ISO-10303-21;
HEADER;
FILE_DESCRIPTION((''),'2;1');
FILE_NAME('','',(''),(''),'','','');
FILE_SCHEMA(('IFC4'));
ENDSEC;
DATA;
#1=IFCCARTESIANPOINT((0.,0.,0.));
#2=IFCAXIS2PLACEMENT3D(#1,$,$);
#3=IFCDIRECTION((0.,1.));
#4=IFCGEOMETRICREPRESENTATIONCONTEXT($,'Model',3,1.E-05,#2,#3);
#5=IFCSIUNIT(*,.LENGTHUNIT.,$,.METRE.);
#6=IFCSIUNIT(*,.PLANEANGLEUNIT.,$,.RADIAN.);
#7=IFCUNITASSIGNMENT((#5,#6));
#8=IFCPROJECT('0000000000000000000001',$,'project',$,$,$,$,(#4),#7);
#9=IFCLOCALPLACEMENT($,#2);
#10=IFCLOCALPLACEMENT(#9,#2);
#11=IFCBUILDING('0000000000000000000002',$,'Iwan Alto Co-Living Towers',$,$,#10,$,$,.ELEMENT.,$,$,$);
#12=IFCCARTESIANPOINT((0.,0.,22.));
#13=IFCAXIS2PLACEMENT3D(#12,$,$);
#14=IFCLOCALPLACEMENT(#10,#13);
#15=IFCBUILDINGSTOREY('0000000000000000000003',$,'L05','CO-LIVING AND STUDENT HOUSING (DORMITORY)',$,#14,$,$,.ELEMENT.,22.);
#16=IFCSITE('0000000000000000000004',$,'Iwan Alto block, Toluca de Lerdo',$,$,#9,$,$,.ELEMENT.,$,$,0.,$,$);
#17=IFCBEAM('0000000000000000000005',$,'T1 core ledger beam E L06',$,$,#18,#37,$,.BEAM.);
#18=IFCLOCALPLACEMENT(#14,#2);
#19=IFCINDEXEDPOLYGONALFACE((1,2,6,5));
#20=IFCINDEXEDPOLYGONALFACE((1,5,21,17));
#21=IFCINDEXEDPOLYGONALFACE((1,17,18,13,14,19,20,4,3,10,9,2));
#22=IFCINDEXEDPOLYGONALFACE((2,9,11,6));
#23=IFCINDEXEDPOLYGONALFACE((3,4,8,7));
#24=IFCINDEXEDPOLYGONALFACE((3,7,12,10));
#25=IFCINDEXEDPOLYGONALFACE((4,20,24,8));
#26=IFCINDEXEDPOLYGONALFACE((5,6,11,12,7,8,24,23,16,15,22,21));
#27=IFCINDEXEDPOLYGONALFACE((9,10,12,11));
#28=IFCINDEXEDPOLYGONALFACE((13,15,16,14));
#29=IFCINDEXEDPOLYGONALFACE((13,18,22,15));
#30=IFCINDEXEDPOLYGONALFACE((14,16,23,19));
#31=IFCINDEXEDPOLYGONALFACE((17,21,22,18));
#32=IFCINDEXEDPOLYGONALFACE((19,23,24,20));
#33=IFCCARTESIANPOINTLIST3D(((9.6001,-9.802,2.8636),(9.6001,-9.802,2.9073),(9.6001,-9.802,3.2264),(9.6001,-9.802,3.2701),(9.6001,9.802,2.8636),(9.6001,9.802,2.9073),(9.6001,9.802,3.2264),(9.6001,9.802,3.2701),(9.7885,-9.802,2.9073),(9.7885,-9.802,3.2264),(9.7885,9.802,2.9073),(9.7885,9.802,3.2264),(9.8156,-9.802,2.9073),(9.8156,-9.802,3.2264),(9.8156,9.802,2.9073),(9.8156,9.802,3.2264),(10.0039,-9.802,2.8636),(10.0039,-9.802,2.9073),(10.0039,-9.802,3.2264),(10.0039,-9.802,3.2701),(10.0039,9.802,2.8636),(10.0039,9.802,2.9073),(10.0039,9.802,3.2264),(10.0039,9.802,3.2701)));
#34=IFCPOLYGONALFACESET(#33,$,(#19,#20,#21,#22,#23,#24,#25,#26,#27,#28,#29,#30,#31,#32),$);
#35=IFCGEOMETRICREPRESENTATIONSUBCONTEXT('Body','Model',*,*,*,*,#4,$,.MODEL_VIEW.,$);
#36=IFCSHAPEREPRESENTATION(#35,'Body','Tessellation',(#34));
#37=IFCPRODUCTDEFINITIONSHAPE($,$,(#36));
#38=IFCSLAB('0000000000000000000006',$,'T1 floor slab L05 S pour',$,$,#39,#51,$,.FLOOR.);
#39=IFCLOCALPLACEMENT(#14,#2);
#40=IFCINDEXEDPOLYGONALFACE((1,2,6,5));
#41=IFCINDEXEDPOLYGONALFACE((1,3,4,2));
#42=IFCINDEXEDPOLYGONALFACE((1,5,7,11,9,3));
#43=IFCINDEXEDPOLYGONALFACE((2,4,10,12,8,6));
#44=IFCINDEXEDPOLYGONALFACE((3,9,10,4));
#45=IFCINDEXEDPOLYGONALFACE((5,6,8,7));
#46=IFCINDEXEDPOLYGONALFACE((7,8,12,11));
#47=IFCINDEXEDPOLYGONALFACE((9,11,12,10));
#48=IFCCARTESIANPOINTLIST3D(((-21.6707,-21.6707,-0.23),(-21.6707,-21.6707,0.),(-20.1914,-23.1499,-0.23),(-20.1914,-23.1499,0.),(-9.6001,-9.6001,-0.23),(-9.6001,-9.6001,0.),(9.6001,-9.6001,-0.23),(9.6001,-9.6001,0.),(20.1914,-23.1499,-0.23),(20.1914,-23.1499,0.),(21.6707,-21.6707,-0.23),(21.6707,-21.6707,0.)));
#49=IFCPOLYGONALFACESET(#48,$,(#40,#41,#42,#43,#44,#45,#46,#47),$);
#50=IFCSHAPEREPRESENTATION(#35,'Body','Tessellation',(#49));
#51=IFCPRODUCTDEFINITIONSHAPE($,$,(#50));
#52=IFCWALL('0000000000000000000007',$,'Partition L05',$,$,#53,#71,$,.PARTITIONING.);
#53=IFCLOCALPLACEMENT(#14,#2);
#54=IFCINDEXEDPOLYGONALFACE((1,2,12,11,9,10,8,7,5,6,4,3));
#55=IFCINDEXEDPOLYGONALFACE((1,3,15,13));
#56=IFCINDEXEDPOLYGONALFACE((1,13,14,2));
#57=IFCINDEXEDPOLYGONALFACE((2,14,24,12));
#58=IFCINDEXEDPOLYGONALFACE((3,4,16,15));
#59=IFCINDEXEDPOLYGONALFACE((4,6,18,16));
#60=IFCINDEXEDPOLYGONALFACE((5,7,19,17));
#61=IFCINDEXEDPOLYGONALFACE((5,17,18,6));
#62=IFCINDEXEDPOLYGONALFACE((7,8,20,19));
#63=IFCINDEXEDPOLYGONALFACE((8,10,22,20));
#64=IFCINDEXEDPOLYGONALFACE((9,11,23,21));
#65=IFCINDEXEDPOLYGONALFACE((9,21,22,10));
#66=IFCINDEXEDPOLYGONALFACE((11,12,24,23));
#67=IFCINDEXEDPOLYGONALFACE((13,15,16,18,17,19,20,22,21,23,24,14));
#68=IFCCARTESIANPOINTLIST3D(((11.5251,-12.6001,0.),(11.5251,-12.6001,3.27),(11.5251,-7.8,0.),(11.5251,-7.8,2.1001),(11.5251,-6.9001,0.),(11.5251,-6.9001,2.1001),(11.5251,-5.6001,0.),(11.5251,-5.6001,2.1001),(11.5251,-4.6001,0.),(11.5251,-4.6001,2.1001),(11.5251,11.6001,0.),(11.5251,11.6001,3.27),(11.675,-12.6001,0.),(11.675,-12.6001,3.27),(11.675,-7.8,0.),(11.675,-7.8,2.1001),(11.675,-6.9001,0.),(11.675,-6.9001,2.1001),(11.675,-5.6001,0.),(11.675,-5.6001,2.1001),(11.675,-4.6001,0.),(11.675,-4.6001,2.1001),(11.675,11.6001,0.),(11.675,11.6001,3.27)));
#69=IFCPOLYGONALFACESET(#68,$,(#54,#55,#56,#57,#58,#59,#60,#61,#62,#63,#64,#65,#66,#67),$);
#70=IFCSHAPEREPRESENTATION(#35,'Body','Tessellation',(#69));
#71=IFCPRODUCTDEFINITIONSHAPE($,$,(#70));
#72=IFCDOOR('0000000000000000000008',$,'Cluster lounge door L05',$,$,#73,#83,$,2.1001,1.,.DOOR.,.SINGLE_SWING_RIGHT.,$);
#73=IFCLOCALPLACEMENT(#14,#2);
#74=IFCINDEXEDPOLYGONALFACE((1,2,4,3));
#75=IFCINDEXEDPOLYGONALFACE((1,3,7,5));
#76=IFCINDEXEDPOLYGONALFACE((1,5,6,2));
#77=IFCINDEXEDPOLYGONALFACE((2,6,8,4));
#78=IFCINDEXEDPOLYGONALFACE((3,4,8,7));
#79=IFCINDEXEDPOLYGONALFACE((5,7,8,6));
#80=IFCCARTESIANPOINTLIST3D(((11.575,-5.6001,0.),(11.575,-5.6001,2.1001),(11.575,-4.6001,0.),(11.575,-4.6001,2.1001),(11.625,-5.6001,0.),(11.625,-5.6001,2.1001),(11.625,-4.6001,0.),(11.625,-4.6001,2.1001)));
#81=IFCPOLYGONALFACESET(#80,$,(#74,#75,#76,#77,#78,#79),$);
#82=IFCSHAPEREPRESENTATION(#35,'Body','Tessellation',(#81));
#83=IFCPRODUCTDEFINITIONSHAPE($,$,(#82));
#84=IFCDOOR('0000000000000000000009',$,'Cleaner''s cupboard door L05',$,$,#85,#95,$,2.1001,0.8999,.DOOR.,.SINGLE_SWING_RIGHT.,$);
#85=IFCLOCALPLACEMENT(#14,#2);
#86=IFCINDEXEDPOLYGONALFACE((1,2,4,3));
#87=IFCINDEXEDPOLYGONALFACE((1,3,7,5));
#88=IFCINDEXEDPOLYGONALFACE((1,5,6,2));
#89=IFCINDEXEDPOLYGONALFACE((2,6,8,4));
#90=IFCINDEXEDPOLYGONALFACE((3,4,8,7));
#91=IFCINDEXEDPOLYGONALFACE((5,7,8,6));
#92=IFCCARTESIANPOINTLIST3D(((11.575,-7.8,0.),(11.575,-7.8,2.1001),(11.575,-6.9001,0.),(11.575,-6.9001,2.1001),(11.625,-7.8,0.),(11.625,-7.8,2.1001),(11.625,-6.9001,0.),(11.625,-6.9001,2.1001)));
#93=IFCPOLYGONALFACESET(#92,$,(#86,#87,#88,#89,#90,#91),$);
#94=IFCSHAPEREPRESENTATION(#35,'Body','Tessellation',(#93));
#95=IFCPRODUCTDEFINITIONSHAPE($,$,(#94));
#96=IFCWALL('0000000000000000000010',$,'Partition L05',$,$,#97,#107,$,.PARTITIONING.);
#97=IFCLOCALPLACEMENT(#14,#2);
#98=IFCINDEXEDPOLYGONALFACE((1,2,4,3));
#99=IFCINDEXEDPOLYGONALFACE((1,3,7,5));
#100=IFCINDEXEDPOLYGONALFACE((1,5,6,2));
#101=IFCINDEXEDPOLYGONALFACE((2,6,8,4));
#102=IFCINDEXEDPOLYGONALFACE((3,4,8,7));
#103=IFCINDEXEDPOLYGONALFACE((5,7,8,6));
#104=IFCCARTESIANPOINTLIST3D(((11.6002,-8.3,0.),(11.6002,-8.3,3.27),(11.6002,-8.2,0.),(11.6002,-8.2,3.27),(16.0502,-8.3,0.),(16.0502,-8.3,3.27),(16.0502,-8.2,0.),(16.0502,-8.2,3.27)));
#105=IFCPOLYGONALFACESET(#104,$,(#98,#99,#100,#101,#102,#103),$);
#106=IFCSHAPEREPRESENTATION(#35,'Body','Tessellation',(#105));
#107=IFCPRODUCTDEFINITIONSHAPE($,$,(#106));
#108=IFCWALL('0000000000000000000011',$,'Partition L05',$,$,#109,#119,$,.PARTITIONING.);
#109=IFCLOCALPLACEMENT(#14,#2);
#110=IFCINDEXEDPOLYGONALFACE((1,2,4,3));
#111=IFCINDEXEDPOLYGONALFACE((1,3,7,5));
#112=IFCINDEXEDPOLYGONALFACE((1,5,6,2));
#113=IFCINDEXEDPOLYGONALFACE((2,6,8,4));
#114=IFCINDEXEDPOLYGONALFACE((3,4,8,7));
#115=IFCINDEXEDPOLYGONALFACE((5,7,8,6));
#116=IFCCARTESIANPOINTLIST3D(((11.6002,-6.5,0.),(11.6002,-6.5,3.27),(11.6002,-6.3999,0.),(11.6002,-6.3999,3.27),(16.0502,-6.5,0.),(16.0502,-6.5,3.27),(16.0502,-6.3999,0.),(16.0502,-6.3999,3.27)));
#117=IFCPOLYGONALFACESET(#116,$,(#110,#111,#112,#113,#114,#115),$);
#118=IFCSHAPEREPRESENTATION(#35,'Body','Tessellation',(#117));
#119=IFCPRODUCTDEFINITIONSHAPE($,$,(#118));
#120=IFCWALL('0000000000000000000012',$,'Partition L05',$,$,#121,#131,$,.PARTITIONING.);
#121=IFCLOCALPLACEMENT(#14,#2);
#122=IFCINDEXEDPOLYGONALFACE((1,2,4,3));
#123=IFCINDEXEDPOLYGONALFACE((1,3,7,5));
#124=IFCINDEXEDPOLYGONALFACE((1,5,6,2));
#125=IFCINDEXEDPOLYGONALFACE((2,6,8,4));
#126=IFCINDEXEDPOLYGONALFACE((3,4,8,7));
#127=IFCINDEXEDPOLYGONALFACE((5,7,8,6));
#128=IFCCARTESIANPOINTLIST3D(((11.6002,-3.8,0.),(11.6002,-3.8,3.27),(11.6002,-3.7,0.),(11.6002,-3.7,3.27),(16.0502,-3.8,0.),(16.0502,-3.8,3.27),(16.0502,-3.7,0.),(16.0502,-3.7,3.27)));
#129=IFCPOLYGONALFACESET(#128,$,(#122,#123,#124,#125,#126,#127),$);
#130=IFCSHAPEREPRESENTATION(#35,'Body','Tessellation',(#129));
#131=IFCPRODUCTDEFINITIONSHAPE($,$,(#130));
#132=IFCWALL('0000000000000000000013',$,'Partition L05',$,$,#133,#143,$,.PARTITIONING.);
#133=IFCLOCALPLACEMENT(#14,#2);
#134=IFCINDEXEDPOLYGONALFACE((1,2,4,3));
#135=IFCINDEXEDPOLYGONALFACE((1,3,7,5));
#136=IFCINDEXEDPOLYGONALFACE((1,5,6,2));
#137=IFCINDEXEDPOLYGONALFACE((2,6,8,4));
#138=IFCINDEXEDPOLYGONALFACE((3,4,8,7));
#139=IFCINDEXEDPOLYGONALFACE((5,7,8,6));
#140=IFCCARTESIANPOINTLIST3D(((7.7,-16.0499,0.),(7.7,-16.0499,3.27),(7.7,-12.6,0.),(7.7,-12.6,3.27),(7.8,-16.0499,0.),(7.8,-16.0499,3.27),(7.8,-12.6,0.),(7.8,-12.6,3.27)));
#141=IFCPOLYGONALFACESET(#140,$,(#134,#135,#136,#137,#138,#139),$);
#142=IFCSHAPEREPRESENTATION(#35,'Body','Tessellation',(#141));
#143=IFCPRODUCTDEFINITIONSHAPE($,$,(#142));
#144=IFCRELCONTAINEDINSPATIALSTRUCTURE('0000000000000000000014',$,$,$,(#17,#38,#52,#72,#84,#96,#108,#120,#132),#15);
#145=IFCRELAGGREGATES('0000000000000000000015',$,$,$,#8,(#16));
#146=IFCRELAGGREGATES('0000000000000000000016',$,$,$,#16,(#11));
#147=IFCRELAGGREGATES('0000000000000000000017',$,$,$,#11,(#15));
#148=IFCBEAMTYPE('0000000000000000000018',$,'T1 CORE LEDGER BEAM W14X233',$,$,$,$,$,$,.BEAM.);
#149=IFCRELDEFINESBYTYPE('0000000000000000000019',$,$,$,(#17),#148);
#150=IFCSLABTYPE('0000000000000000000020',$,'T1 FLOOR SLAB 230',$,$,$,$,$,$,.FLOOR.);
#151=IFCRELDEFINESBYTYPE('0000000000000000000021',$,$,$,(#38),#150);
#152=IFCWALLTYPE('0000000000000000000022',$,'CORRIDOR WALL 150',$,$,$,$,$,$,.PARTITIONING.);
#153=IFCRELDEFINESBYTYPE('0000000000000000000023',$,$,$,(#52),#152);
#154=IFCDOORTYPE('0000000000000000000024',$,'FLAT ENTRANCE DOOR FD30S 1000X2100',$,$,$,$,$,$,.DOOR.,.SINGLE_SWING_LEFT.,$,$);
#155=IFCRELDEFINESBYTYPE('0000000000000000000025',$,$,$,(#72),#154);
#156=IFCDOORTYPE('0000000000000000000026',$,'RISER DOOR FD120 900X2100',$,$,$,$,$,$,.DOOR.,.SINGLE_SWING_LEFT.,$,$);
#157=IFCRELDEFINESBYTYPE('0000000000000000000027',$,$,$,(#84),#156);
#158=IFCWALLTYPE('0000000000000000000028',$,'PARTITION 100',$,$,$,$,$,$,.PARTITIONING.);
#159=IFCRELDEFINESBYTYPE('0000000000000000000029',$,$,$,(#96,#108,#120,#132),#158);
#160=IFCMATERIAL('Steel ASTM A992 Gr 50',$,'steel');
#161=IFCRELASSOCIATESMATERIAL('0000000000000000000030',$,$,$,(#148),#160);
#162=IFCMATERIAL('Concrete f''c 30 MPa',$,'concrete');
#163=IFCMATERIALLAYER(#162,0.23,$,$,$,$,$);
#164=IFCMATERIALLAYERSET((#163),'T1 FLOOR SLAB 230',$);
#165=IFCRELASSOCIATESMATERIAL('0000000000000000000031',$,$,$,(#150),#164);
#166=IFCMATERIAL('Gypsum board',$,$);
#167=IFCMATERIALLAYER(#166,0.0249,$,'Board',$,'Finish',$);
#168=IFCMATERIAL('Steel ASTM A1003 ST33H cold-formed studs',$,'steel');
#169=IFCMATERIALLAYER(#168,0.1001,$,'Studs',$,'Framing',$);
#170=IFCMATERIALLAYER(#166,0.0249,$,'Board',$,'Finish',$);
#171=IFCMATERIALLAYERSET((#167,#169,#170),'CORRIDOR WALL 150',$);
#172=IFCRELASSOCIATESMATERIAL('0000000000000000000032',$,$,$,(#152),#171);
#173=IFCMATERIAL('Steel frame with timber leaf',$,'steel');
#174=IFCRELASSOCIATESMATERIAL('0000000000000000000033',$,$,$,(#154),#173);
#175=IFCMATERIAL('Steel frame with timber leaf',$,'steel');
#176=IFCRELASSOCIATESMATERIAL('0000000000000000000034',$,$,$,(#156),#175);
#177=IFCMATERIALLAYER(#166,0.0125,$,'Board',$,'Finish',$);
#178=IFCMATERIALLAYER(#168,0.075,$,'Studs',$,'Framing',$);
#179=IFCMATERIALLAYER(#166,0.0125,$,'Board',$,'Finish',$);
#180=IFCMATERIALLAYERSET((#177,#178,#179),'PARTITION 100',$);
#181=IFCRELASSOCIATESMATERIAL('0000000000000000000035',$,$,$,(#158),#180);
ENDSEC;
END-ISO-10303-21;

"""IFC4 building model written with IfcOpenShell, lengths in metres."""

from ifc_helpers import new_model, si_unit, direction, frame, frame_2d, origin, origin_2d, place, context, subcontext, project, spatial, polyline, rectangle, i_section, outline, extrude, material, layer, layer_set, material_profile, profile_set, type_object, element, fill, save


model = new_model("IFC4")

# Units and contexts
model_context = context("Model", 3, precision=1e-05, world=origin(), true_north=direction((0.0, 1.0)))
body_context = subcontext(model_context, "Body", "Model", "MODEL_VIEW")
ifc_project = project(units=[si_unit("LENGTHUNIT", "METRE"), si_unit("PLANEANGLEUNIT", "RADIAN")], contexts=[model_context])

# Site, building, storey
site_placement = place(None, origin())
site = spatial("IfcSite", under=ifc_project, at=site_placement, Name="Iwan Alto block, Toluca de Lerdo", CompositionType="ELEMENT", RefElevation=0.0)
building_placement = place(site_placement, origin())
building = spatial("IfcBuilding", under=site, at=building_placement, Name="Iwan Alto Co-Living Towers", CompositionType="ELEMENT")
storey_placement = place(building_placement, frame((0.0, 0.0, 22.0)))
storey = spatial("IfcBuildingStorey", under=building, at=storey_placement, Name="L05", Description="CO-LIVING AND STUDENT HOUSING (DORMITORY)", CompositionType="ELEMENT", Elevation=22.0)

# Beam
ifc_material_1 = material(Name="Steel ASTM A992 Gr 50", Category="steel")
ifc_material_profile = material_profile(ifc_material_1, i_section(OverallWidth=0.4038, OverallDepth=0.4065, WebThickness=0.0271, FlangeThickness=0.0437, at=origin_2d()), Name="W14X233")
ifc_profile_set = profile_set([ifc_material_profile], Name="Steel ASTM A992 Gr 50")
beam_type = type_object("IfcBeamType", Name="T1 CORE LEDGER BEAM W14X233", PredefinedType="BEAM", material=ifc_profile_set)
beam_placement = place(storey_placement, frame((9.802, -9.802, 3.0669), z_axis=(0.0, 1.0, 0.0), x_axis=(-1.0, 0.0, 0.0)))
element("IfcBeam", 1, at=beam_placement, inside=storey, type_object=beam_type, Name="T1 core ledger beam E L06", PredefinedType="BEAM", context=body_context, shape_type="SweptSolid", body=[
    extrude(i_section(OverallWidth=0.4038, OverallDepth=0.4065, WebThickness=0.0271, FlangeThickness=0.0437, at=origin_2d()), origin(), (0.0, 0.0, 1.0), 19.604),
])

# Slab
ifc_material_2 = material(Name="Concrete f'c 30 MPa", Category="concrete")
ifc_layer_1 = layer(ifc_material_2, 0.23)
ifc_layer_set_1 = layer_set([ifc_layer_1], Name="T1 FLOOR SLAB 230")
slab_type = type_object("IfcSlabType", Name="T1 FLOOR SLAB 230", PredefinedType="FLOOR", material=ifc_layer_set_1)
slab_placement = place(storey_placement, frame((0.0, 0.0, -0.23)))
element("IfcSlab", 2, at=slab_placement, inside=storey, type_object=slab_type, Name="T1 floor slab L05 S pour", PredefinedType="FLOOR", context=body_context, shape_type="SweptSolid", body=[
    extrude(outline(polyline([(20.1914, -23.1499), (-20.1914, -23.1499), (-21.6707, -21.6707), (-9.6001, -9.6001), (9.6001, -9.6001), (21.6707, -21.6707), (20.1914, -23.1499)])), origin(), (0.0, 0.0, 1.0), 0.23),
])

# Wall, openings, doors
ifc_material_3 = material(Name="Gypsum board")
ifc_layer_2 = layer(ifc_material_3, 0.0249, Name="Board", Category="Finish")
ifc_material_4 = material(Name="Steel ASTM A1003 ST33H cold-formed studs", Category="steel")
ifc_layer_3 = layer(ifc_material_4, 0.1001, Name="Studs", Category="Framing")
ifc_layer_4 = layer(ifc_material_3, 0.0249, Name="Board", Category="Finish")
ifc_layer_set_2 = layer_set([ifc_layer_2, ifc_layer_3, ifc_layer_4], Name="CORRIDOR WALL 150")
wall_type_1 = type_object("IfcWallType", Name="CORRIDOR WALL 150", PredefinedType="PARTITIONING", material=ifc_layer_set_2)
wall_1_placement = place(storey_placement, frame((11.6001, -12.6001, 0.0), z_axis=(0.0, 0.0, 1.0), x_axis=(0.0, 1.0, 0.0)))
wall_1 = element("IfcWall", 3, at=wall_1_placement, inside=storey, type_object=wall_type_1, Name="Partition L05", PredefinedType="PARTITIONING", context=body_context, shape_type="SweptSolid", body=[
    extrude(rectangle(XDim=24.2002, YDim=0.1499, at=frame_2d((12.1001, 0.0))), origin(), (0.0, 0.0, 1.0), 3.27),
])
opening_1_placement = place(wall_1_placement, frame((7.0, 0.0, 0.0)))
opening_1 = element("IfcOpeningElement", 4, at=opening_1_placement, cuts=wall_1, PredefinedType="OPENING", context=body_context, shape_type="SweptSolid", body=[
    extrude(rectangle(XDim=1.0, YDim=2.1001, at=frame_2d((0.5, 1.05))), frame((0.0, 0.085, 0.0), z_axis=(0.0, -1.0, 0.0), x_axis=(1.0, 0.0, 0.0)), (0.0, 0.0, 1.0), 0.1699),
])
opening_2_placement = place(wall_1_placement, frame((4.8, 0.0, 0.0)))
opening_2 = element("IfcOpeningElement", 5, at=opening_2_placement, cuts=wall_1, PredefinedType="OPENING", context=body_context, shape_type="SweptSolid", body=[
    extrude(rectangle(XDim=0.8999, YDim=2.1001, at=frame_2d((0.45, 1.05))), frame((0.0, 0.085, 0.0), z_axis=(0.0, -1.0, 0.0), x_axis=(1.0, 0.0, 0.0)), (0.0, 0.0, 1.0), 0.1699),
])
ifc_material_5 = material(Name="Steel frame with timber leaf", Category="steel")
door_type_1 = type_object("IfcDoorType", Name="FLAT ENTRANCE DOOR FD30S 1000X2100", OperationType="SINGLE_SWING_LEFT", PredefinedType="DOOR", material=ifc_material_5)
door_1_placement = place(opening_1_placement, frame((1.0, 0.0, 0.0), z_axis=(0.0, 0.0, 1.0), x_axis=(-1.0, 0.0, 0.0)))
door_1 = element("IfcDoor", 6, at=door_1_placement, inside=storey, type_object=door_type_1, Name="Cluster lounge door L05", OperationType="SINGLE_SWING_RIGHT", OverallHeight=2.1001, OverallWidth=1.0, PredefinedType="DOOR", context=body_context, shape_type="SweptSolid", body=[
    extrude(rectangle(XDim=1.0, YDim=2.1001, at=frame_2d((0.5, 1.05))), frame((0.0, 0.0249, 0.0), z_axis=(0.0, -1.0, 0.0), x_axis=(1.0, 0.0, 0.0)), (0.0, 0.0, 1.0), 0.05),
])
fill(opening_1, door_1)
ifc_material_6 = material(Name="Steel frame with timber leaf", Category="steel")
door_type_2 = type_object("IfcDoorType", Name="RISER DOOR FD120 900X2100", OperationType="SINGLE_SWING_LEFT", PredefinedType="DOOR", material=ifc_material_6)
door_2_placement = place(opening_2_placement, frame((0.8999, 0.0, 0.0), z_axis=(0.0, 0.0, 1.0), x_axis=(-1.0, 0.0, 0.0)))
door_2 = element("IfcDoor", 7, at=door_2_placement, inside=storey, type_object=door_type_2, Name="Cleaner's cupboard door L05", OperationType="SINGLE_SWING_RIGHT", OverallHeight=2.1001, OverallWidth=0.8999, PredefinedType="DOOR", context=body_context, shape_type="SweptSolid", body=[
    extrude(rectangle(XDim=0.8999, YDim=2.1001, at=frame_2d((0.45, 1.05))), frame((0.0, 0.0249, 0.0), z_axis=(0.0, -1.0, 0.0), x_axis=(1.0, 0.0, 0.0)), (0.0, 0.0, 1.0), 0.05),
])
fill(opening_2, door_2)

# Walls
ifc_layer_5 = layer(ifc_material_3, 0.0125, Name="Board", Category="Finish")
ifc_layer_6 = layer(ifc_material_4, 0.075, Name="Studs", Category="Framing")
ifc_layer_7 = layer(ifc_material_3, 0.0125, Name="Board", Category="Finish")
ifc_layer_set_3 = layer_set([ifc_layer_5, ifc_layer_6, ifc_layer_7], Name="PARTITION 100")
wall_type_2 = type_object("IfcWallType", Name="PARTITION 100", PredefinedType="PARTITIONING", material=ifc_layer_set_3)
for number, where, z_axis, x_axis, name in (
    (8, (11.6001, -8.25, 0.0), (0.0, 0.0, 1.0), (1.0, 0.0, 0.0), "Partition L05"),
    (9, (11.6001, -6.45, 0.0), (0.0, 0.0, 1.0), (1.0, 0.0, 0.0), "Partition L05"),
    (10, (11.6001, -3.75, 0.0), (0.0, 0.0, 1.0), (1.0, 0.0, 0.0), "Partition L05"),
):
    element("IfcWall", number, at=place(storey_placement, frame(where, z_axis=z_axis, x_axis=x_axis)), inside=storey, type_object=wall_type_2, Name=name, PredefinedType="PARTITIONING", context=body_context, shape_type="SweptSolid", body=[
        extrude(rectangle(XDim=4.45, YDim=0.1001, at=frame_2d((2.2251, 0.0))), origin(), (0.0, 0.0, 1.0), 3.27),
    ])
wall_2_placement = place(storey_placement, frame((7.75, -16.05, 0.0), z_axis=(0.0, 0.0, 1.0), x_axis=(0.0, 1.0, 0.0)))
element("IfcWall", 11, at=wall_2_placement, inside=storey, type_object=wall_type_2, Name="Partition L05", PredefinedType="PARTITIONING", context=body_context, shape_type="SweptSolid", body=[
    extrude(rectangle(XDim=3.45, YDim=0.1001, at=frame_2d((1.7251, 0.0))), origin(), (0.0, 0.0, 1.0), 3.27),
])

save(model, "model.ifc")
